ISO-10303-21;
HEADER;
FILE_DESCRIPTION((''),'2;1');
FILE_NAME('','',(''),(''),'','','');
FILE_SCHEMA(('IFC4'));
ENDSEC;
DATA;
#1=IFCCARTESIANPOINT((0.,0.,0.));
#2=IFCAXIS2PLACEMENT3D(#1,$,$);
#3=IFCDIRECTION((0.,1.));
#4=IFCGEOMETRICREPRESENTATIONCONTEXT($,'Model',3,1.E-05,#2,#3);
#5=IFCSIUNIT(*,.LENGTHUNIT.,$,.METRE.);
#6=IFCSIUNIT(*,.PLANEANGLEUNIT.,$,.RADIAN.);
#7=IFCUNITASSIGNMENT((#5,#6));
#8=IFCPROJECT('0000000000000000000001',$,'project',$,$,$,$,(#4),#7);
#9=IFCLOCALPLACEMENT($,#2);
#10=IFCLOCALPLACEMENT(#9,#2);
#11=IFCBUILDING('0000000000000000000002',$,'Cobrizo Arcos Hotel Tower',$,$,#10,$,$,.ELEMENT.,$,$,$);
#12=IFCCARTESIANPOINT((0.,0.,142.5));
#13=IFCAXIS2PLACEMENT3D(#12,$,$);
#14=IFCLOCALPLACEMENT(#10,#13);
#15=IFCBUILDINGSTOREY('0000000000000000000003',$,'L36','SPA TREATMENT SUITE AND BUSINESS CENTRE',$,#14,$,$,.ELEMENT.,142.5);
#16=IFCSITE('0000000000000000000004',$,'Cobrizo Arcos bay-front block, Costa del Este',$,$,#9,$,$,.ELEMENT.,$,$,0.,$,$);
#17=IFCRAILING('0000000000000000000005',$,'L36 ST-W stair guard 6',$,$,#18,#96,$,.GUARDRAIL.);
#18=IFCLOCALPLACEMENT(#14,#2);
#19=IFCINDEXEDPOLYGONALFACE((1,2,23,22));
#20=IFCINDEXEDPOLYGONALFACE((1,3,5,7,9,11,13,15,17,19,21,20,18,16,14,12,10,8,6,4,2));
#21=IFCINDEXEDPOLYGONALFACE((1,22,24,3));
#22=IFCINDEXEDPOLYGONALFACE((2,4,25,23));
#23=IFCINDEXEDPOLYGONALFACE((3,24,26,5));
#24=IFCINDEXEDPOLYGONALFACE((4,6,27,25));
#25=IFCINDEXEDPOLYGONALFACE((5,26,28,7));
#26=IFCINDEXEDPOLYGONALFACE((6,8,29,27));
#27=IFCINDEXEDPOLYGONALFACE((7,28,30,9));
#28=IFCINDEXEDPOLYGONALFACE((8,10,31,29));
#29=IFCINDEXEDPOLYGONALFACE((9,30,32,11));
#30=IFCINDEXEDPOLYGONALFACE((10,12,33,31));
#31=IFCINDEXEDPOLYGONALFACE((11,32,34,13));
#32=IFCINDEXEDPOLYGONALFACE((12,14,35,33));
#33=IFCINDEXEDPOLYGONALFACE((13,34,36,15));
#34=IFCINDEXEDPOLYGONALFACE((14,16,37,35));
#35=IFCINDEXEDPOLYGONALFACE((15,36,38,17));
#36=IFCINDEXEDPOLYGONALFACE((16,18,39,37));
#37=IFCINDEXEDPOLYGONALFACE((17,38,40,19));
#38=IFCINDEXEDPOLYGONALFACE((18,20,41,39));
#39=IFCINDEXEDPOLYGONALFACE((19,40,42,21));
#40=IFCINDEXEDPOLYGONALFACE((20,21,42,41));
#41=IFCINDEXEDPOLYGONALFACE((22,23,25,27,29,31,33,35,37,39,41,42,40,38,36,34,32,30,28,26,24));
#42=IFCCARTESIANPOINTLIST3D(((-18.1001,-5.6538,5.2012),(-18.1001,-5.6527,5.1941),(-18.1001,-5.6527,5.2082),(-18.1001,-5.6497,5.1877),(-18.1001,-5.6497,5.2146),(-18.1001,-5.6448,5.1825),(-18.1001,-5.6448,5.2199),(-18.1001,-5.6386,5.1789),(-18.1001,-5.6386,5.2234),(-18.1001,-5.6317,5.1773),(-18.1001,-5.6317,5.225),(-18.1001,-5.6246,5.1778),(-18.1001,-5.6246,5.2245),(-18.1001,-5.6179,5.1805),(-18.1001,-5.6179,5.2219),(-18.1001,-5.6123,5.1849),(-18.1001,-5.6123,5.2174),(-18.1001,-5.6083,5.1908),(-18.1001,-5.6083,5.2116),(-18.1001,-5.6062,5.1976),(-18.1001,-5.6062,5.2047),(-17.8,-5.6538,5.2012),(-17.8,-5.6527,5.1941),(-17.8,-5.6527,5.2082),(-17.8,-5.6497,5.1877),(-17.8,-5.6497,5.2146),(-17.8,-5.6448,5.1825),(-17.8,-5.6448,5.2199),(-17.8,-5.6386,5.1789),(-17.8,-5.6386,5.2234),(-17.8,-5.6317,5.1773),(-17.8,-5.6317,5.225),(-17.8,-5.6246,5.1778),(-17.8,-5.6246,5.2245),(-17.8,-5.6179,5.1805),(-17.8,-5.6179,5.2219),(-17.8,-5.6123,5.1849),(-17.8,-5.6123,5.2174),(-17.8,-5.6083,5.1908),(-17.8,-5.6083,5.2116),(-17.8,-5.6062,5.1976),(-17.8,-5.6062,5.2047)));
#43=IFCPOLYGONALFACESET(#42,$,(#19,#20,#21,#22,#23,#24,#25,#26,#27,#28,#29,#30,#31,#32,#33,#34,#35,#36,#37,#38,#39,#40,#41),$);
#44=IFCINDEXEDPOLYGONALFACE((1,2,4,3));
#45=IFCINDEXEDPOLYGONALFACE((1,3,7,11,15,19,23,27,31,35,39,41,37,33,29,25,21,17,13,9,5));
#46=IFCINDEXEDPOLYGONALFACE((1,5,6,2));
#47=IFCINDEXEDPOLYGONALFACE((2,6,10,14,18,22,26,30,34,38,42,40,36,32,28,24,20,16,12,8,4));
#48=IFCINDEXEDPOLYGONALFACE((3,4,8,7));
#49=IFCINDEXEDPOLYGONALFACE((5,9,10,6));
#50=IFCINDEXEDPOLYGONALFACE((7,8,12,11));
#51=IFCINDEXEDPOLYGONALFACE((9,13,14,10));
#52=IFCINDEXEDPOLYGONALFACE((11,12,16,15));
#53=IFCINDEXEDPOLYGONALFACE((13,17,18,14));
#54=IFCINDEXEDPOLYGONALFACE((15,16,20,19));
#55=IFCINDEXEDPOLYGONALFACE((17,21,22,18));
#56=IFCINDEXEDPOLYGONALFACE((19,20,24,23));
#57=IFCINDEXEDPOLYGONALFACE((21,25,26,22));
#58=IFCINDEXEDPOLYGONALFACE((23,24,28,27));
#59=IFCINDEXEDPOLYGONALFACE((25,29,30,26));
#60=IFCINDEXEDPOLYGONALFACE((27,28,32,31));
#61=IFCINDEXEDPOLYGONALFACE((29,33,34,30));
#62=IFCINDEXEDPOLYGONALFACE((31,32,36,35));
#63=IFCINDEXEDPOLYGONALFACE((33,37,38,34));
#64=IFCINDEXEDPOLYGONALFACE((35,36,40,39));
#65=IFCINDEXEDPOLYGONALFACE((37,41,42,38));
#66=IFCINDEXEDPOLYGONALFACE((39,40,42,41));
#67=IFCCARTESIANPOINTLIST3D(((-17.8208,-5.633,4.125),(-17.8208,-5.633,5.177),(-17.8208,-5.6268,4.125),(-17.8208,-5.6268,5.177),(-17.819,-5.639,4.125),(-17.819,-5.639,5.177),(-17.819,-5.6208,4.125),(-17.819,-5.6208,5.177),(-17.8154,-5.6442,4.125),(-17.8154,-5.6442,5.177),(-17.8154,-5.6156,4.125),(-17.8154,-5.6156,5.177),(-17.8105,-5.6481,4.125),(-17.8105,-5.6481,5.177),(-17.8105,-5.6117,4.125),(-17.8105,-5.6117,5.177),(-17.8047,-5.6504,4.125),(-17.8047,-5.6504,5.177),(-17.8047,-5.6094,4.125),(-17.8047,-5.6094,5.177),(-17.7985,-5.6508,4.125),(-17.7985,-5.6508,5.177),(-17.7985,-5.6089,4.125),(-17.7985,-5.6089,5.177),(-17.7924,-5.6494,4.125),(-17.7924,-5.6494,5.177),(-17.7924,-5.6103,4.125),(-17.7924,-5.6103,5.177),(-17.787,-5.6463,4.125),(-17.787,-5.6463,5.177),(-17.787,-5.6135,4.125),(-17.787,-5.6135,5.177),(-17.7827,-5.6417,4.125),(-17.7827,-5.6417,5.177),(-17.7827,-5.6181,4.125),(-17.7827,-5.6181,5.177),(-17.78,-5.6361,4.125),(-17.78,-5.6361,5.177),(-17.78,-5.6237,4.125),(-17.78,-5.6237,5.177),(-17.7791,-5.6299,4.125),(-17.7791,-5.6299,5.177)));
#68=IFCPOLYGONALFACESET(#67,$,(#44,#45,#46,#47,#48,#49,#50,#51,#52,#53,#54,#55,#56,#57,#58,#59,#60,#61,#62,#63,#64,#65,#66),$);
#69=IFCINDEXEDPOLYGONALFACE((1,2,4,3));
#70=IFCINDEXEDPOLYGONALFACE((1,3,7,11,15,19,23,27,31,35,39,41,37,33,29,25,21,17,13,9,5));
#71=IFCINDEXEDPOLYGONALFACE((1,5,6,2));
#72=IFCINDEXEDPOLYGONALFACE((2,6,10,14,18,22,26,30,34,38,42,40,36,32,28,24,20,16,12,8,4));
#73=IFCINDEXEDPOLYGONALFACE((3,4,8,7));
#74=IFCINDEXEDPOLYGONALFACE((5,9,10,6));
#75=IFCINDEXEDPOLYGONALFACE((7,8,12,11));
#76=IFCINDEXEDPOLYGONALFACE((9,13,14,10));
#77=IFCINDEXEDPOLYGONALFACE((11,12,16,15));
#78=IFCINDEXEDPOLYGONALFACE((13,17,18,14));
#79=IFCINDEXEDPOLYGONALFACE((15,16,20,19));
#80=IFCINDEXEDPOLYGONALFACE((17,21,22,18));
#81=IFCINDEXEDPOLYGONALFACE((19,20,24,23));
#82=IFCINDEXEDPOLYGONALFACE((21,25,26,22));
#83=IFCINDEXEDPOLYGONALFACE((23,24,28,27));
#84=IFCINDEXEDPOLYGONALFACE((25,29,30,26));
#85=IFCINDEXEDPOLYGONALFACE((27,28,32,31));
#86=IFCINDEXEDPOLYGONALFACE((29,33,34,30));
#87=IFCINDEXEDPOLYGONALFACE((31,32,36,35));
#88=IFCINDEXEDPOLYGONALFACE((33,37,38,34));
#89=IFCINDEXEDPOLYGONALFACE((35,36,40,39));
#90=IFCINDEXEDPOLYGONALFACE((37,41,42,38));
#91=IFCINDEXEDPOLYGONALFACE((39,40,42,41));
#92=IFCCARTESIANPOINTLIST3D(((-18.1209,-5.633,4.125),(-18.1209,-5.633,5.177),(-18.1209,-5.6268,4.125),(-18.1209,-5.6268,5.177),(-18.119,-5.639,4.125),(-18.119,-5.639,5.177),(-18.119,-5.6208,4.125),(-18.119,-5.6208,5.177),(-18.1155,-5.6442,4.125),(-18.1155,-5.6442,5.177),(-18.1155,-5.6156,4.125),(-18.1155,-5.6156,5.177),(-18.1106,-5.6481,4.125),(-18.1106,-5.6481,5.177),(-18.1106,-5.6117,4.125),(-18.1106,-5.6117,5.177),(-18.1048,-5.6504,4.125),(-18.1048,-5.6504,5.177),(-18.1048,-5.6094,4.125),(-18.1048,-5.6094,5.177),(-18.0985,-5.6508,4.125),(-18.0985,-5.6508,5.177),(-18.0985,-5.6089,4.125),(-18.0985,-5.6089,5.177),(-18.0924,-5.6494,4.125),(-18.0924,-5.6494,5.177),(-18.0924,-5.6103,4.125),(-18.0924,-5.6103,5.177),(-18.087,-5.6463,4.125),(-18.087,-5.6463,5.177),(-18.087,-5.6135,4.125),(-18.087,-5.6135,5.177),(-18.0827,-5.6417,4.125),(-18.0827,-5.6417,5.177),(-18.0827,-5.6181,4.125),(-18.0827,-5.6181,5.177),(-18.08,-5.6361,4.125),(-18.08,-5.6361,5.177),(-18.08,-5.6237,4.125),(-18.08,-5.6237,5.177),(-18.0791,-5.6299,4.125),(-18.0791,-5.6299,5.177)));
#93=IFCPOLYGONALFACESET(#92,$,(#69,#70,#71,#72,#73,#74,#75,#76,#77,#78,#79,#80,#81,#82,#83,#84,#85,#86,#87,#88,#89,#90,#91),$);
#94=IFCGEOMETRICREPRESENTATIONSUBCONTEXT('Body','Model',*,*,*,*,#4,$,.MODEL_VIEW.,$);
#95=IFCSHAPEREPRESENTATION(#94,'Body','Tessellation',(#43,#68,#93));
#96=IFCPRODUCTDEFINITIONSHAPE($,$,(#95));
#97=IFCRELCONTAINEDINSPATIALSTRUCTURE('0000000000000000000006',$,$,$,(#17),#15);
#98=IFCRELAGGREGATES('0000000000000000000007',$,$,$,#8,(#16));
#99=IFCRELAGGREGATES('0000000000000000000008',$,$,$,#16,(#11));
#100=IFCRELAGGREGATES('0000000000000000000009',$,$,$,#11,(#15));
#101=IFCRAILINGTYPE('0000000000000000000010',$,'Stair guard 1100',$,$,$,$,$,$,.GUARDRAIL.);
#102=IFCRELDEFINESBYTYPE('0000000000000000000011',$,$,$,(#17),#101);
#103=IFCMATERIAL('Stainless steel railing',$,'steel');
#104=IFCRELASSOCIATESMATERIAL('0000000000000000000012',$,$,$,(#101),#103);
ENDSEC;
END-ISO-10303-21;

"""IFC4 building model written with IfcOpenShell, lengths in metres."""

from ifc_helpers import new_model, si_unit, direction, frame, origin, origin_2d, place, context, subcontext, project, spatial, circle, extrude, material, type_object, element, save


model = new_model("IFC4")

# Units and contexts
model_context = context("Model", 3, precision=1e-05, world=origin(), true_north=direction((0.0, 1.0)))
body_context = subcontext(model_context, "Body", "Model", "MODEL_VIEW")
ifc_project = project(units=[si_unit("LENGTHUNIT", "METRE"), si_unit("PLANEANGLEUNIT", "RADIAN")], contexts=[model_context])

# Site, building, storey
site_placement = place(None, origin())
site = spatial("IfcSite", under=ifc_project, at=site_placement, Name="Cobrizo Arcos bay-front block, Costa del Este", CompositionType="ELEMENT", RefElevation=0.0)
building_placement = place(site_placement, origin())
building = spatial("IfcBuilding", under=site, at=building_placement, Name="Cobrizo Arcos Hotel Tower", CompositionType="ELEMENT")
storey_placement = place(building_placement, frame((0.0, 0.0, 142.5)))
storey = spatial("IfcBuildingStorey", under=building, at=storey_placement, Name="L36", Description="SPA TREATMENT SUITE AND BUSINESS CENTRE", CompositionType="ELEMENT", Elevation=142.5)

# Railing
ifc_material_1 = material(Name="Stainless steel railing", Category="steel")
railing_type_1 = type_object("IfcRailingType", Name="Stair guard 1100", PredefinedType="GUARDRAIL", material=ifc_material_1)
railing_1_placement = place(storey_placement, frame((-17.8, -5.6299, 4.125)))
element("IfcRailing", 1, at=railing_1_placement, inside=storey, type_object=railing_type_1, Name="L36 ST-W stair guard 6", PredefinedType="GUARDRAIL", context=body_context, shape_type="SweptSolid", body=[
    extrude(circle(Radius=0.0239, at=origin_2d()), frame((0.0, 0.0, 1.0762), z_axis=(-1.0, 0.0, 0.0), x_axis=(0.0, -1.0, 0.0)), (0.0, 0.0, 1.0), 0.3),
    extrude(circle(Radius=0.021, at=origin_2d()), origin(), (0.0, 0.0, 1.0), 1.052),
    extrude(circle(Radius=0.021, at=origin_2d()), frame((-0.3, 0.0, 0.0)), (0.0, 0.0, 1.0), 1.052),
])

save(model, "model.ifc")
